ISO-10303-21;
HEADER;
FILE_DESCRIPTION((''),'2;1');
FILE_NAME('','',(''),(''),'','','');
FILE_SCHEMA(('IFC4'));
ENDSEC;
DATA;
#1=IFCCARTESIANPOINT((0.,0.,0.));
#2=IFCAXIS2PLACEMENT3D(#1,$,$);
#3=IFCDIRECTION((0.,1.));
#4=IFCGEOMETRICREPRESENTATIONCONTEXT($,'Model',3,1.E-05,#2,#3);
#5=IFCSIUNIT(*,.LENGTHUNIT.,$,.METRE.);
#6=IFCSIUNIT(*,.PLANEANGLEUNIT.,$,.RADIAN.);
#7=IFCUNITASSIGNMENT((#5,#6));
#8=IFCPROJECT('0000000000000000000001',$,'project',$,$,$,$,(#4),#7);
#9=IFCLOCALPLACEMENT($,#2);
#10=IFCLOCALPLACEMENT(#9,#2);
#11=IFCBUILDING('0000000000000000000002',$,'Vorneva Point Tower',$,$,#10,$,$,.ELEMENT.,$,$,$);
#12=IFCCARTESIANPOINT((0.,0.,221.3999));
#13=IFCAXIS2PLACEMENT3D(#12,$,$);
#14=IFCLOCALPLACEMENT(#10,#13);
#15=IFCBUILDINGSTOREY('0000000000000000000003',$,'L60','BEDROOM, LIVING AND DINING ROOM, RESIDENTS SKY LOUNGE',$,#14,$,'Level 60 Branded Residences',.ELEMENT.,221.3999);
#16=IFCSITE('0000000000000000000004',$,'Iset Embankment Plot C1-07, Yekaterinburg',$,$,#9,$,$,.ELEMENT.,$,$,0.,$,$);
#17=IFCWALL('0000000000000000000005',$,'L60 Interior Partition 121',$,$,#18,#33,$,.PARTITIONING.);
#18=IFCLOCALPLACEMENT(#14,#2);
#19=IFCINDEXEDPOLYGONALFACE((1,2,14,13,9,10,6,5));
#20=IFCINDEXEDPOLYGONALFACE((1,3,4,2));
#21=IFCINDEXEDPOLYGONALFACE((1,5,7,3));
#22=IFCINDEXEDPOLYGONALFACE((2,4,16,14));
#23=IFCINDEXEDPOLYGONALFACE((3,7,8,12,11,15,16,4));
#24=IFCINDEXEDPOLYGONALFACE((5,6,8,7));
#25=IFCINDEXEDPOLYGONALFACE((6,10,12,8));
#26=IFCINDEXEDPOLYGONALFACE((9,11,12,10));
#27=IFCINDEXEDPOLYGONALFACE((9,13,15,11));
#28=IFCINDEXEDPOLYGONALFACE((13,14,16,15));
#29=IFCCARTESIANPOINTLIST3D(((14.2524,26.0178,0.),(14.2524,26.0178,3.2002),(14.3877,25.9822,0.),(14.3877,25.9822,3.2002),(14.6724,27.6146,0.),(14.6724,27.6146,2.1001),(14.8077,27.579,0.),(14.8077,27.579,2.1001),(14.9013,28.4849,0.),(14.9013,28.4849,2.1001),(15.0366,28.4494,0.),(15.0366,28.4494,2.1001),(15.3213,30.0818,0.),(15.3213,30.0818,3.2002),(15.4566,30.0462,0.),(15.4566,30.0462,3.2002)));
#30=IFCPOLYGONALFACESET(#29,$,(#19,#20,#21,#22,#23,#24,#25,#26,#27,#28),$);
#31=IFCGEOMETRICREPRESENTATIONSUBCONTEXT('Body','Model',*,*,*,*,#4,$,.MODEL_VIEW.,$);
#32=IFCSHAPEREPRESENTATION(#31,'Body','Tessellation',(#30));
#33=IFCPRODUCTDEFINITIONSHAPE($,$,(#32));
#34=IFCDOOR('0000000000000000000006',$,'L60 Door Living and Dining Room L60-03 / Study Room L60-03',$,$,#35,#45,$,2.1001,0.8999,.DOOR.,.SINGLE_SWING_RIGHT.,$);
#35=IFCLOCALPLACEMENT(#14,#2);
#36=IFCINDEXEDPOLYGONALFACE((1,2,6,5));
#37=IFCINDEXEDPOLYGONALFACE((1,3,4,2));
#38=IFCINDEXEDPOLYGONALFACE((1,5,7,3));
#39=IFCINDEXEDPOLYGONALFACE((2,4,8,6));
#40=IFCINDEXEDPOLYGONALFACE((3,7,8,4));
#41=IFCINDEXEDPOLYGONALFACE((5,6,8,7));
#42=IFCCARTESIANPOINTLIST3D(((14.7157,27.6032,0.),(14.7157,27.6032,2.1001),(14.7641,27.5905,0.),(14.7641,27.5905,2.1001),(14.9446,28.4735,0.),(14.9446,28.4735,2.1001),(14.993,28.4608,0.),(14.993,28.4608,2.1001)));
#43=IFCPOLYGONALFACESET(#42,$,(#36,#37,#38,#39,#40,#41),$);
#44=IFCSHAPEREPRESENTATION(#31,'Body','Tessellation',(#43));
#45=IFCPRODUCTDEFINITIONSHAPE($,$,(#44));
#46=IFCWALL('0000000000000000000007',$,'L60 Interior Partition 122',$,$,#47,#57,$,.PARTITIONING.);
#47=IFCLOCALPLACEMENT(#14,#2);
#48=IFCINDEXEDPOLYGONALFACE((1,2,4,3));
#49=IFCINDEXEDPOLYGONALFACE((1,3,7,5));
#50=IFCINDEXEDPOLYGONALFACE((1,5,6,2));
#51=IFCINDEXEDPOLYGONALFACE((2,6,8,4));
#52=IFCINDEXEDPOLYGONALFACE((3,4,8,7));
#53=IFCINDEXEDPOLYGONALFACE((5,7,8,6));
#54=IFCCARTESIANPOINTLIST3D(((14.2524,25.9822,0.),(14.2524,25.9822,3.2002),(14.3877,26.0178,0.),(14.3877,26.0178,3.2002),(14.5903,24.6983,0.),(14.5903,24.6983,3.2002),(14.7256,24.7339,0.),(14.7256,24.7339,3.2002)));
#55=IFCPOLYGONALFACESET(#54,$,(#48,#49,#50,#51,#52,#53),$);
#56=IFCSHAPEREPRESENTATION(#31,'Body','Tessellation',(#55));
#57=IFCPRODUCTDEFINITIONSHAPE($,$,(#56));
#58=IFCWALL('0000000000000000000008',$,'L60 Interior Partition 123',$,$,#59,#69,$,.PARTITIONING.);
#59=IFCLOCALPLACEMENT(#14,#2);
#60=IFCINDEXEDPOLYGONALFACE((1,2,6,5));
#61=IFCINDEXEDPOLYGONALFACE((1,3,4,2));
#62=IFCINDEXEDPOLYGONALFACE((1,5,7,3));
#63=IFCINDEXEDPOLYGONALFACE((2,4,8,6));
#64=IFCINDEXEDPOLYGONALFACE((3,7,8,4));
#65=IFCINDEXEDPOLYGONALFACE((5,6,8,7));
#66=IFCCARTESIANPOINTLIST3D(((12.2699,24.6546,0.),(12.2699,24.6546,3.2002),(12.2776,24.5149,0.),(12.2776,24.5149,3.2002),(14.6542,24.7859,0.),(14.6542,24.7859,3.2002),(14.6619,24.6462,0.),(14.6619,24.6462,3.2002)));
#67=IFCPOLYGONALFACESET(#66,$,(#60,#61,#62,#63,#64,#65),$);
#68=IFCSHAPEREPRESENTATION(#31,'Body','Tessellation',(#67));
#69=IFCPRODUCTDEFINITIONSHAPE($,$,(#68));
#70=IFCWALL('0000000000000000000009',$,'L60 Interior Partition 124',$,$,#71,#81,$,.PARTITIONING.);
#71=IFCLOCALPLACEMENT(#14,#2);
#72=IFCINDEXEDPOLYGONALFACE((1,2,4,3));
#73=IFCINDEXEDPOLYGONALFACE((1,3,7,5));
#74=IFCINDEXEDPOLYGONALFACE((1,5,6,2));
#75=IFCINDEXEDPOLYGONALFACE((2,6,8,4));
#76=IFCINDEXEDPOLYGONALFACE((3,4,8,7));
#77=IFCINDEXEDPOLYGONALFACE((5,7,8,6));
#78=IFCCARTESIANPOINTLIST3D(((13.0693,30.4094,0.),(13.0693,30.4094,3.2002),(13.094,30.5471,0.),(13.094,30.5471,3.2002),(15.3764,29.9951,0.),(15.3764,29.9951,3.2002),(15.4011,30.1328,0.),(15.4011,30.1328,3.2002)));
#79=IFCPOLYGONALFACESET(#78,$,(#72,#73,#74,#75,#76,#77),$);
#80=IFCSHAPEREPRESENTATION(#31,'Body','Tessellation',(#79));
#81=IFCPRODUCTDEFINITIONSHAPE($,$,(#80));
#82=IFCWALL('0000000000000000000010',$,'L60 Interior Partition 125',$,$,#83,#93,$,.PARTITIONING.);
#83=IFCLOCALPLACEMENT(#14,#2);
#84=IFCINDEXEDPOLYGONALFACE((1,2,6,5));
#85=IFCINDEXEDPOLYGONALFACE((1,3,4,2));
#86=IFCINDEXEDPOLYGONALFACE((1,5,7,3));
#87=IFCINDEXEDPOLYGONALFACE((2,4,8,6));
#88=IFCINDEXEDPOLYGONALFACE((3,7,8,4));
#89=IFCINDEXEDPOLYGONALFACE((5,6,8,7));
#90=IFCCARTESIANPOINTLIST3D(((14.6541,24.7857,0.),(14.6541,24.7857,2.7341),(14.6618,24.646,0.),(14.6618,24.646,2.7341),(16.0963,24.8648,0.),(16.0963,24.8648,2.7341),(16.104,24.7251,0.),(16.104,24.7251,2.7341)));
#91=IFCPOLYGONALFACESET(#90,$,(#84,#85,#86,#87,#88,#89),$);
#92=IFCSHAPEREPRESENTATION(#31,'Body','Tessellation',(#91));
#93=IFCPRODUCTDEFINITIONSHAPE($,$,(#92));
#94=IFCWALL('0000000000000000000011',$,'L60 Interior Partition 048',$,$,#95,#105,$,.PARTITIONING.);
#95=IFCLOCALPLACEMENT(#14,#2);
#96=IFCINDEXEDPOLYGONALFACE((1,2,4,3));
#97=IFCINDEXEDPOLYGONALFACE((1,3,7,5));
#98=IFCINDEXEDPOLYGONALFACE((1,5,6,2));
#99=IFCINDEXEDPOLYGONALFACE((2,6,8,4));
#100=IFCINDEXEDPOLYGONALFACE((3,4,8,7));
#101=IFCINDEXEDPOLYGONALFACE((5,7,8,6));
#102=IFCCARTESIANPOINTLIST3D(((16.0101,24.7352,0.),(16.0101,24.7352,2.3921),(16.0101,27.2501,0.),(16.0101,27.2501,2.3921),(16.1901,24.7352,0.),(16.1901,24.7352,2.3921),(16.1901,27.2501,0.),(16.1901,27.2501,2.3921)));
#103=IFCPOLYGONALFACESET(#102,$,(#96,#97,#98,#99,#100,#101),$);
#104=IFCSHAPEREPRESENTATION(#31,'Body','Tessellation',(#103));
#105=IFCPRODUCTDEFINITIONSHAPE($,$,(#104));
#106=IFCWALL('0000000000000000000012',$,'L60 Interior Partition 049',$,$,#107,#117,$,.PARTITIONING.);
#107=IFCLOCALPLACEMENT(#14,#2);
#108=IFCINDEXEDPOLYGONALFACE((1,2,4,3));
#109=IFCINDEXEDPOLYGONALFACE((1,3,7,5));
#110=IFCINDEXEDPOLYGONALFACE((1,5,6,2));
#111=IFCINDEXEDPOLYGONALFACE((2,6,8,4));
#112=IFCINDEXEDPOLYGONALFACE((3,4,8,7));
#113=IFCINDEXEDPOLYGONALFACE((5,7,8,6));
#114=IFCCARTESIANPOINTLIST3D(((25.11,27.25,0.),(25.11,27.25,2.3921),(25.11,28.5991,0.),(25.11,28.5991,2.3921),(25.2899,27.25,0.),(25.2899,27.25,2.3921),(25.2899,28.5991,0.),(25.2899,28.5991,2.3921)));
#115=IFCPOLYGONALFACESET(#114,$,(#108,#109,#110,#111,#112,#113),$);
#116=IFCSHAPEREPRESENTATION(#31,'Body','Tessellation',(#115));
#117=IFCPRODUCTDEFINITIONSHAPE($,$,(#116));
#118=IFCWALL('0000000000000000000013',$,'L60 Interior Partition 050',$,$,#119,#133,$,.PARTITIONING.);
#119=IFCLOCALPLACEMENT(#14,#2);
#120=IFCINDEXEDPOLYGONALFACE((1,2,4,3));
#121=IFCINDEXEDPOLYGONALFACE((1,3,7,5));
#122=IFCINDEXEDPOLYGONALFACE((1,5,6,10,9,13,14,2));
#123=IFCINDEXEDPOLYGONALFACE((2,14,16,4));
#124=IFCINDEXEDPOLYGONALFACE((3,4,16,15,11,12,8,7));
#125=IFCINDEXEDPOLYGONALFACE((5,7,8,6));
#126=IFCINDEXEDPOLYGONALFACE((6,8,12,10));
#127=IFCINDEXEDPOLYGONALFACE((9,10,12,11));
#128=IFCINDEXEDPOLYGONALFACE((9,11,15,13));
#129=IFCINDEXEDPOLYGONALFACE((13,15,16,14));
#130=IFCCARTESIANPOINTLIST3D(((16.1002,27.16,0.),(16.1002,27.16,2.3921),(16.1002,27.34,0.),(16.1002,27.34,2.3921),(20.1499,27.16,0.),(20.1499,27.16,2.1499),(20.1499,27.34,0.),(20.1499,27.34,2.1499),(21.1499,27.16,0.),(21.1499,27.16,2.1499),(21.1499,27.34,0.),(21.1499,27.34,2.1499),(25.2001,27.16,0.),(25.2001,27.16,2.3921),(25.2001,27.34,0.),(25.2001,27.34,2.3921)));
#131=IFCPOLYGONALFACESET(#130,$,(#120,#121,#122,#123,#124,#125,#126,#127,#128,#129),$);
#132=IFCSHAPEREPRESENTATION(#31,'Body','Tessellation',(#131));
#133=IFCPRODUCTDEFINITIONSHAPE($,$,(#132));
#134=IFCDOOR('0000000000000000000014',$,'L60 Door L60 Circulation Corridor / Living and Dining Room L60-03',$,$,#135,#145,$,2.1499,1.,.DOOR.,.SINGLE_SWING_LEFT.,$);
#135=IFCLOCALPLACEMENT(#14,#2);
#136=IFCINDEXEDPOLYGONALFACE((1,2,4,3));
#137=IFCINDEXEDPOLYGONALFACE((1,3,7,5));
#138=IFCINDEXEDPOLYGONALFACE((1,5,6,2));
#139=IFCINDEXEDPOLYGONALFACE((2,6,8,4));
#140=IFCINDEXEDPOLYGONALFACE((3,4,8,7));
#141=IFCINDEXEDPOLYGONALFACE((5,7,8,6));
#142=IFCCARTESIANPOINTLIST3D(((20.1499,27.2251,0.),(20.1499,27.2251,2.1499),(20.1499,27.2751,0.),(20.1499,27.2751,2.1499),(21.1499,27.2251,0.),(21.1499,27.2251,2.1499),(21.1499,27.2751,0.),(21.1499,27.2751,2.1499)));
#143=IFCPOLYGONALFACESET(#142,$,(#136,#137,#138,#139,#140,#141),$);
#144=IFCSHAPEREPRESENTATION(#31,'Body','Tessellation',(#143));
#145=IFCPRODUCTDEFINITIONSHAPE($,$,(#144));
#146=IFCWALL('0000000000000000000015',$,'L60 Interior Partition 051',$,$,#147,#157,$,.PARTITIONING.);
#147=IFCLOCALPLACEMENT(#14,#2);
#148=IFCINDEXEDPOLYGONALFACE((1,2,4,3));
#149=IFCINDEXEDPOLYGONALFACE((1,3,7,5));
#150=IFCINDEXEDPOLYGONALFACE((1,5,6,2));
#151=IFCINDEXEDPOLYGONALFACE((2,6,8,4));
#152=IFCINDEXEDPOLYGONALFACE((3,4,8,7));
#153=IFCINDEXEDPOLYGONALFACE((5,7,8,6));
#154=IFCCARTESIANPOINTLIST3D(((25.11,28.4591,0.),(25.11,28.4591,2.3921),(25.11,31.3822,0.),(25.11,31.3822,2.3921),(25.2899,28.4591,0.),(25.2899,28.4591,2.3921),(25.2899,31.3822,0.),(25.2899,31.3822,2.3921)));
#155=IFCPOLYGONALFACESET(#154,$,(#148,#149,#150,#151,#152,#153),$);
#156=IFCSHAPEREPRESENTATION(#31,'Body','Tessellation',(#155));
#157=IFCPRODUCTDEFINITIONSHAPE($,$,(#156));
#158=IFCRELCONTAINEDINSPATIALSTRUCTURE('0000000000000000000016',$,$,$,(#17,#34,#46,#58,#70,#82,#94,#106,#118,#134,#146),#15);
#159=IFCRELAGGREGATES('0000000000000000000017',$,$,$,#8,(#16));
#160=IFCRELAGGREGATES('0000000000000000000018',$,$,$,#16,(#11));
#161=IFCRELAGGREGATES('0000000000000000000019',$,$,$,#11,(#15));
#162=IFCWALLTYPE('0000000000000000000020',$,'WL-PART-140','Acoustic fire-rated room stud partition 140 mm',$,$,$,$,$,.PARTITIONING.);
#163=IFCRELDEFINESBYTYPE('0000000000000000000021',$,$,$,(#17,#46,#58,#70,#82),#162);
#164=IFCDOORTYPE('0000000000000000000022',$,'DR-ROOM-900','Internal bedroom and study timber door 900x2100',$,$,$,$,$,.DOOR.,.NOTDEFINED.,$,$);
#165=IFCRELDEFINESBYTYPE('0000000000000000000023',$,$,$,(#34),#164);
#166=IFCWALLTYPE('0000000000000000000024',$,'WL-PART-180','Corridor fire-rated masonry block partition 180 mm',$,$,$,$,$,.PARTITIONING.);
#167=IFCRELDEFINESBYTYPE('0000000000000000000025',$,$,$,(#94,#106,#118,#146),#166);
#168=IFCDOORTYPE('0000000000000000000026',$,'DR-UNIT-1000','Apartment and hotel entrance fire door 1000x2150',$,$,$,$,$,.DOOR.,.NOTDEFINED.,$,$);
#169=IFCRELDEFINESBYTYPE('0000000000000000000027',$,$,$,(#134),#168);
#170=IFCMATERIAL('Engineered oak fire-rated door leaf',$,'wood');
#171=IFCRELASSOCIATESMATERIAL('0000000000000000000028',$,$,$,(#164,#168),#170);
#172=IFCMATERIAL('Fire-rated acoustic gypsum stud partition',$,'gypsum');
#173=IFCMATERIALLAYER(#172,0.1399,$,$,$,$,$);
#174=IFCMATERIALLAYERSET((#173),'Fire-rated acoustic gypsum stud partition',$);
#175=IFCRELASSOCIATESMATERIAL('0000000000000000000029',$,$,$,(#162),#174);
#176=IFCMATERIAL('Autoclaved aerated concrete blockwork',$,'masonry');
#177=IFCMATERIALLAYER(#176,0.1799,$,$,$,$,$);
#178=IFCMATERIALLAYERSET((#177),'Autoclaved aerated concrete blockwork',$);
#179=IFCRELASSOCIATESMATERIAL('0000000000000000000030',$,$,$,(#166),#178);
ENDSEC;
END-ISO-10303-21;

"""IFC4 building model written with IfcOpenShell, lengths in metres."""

from ifc_helpers import new_model, si_unit, direction, frame, frame_2d, origin, place, context, subcontext, project, spatial, rectangle, extrude, material, layer, layer_set, type_object, element, fill, save


model = new_model("IFC4")

# Units and contexts
model_context = context("Model", 3, precision=1e-05, world=origin(), true_north=direction((0.0, 1.0)))
body_context = subcontext(model_context, "Body", "Model", "MODEL_VIEW")
ifc_project = project(units=[si_unit("LENGTHUNIT", "METRE"), si_unit("PLANEANGLEUNIT", "RADIAN")], contexts=[model_context])

# Site, building, storey
site_placement = place(None, origin())
site = spatial("IfcSite", under=ifc_project, at=site_placement, Name="Iset Embankment Plot C1-07, Yekaterinburg", CompositionType="ELEMENT", RefElevation=0.0)
building_placement = place(site_placement, origin())
building = spatial("IfcBuilding", under=site, at=building_placement, Name="Vorneva Point Tower", CompositionType="ELEMENT")
storey_placement = place(building_placement, frame((0.0, 0.0, 221.3999)))
storey = spatial("IfcBuildingStorey", under=building, at=storey_placement, Name="L60", Description="BEDROOM, LIVING AND DINING ROOM, RESIDENTS SKY LOUNGE", LongName="Level 60 Branded Residences", CompositionType="ELEMENT", Elevation=221.3999)

# Shared definitions
ifc_material_1 = material(Name="Fire-rated acoustic gypsum stud partition", Category="gypsum")
ifc_material_2 = material(Name="Engineered oak fire-rated door leaf", Category="wood")

# Shared definitions
door_type_1 = type_object("IfcDoorType", Name="DR-ROOM-900", Description="Internal bedroom and study timber door 900x2100", OperationType="NOTDEFINED", PredefinedType="DOOR", material=ifc_material_2)

# Wall, opening, door
ifc_layer_1 = layer(ifc_material_1, 0.1399)
ifc_layer_set_1 = layer_set([ifc_layer_1], Name="Fire-rated acoustic gypsum stud partition")
wall_type_1 = type_object("IfcWallType", Name="WL-PART-140", Description="Acoustic fire-rated room stud partition 140 mm", PredefinedType="PARTITIONING", material=ifc_layer_set_1)
wall_1_placement = place(storey_placement, frame((15.3889, 30.064, 0.0), z_axis=(0.0, 0.0, 1.0), x_axis=(-0.254356, -0.967111, 0.0)))
wall_1 = element("IfcWall", 1, at=wall_1_placement, inside=storey, type_object=wall_type_1, Name="L60 Interior Partition 121", PredefinedType="PARTITIONING", context=body_context, shape_type="SweptSolid", body=[
    extrude(rectangle(XDim=4.2021, YDim=0.1399, at=frame_2d((2.1011, 0.0))), origin(), (0.0, 0.0, 1.0), 3.2002),
])
opening_1_placement = place(wall_1_placement, frame((1.6511, 0.0, 0.0)))
opening_1 = element("IfcOpeningElement", 2, at=opening_1_placement, cuts=wall_1, PredefinedType="OPENING", context=body_context, shape_type="SweptSolid", body=[
    extrude(rectangle(XDim=0.8999, YDim=2.1001, at=frame_2d((0.45, 1.05))), frame((0.0, 0.085, 0.0), z_axis=(0.0, -1.0, 0.0), x_axis=(1.0, 0.0, 0.0)), (0.0, 0.0, 1.0), 0.1697),
])
door_1_placement = place(opening_1_placement, origin())
door_1 = element("IfcDoor", 3, at=door_1_placement, inside=storey, type_object=door_type_1, Name="L60 Door Living and Dining Room L60-03 / Study Room L60-03", OperationType="SINGLE_SWING_RIGHT", OverallHeight=2.1001, OverallWidth=0.8999, PredefinedType="DOOR", context=body_context, shape_type="SweptSolid", body=[
    extrude(rectangle(XDim=0.8999, YDim=2.1001, at=frame_2d((0.45, 1.05))), frame((0.0, 0.0249, 0.0), z_axis=(0.0, -1.0, 0.0), x_axis=(1.0, 0.0, 0.0)), (0.0, 0.0, 1.0), 0.05),
])
fill(opening_1, door_1)

# Walls
wall_2_placement = place(storey_placement, frame((14.3201, 26.0, 0.0), z_axis=(0.0, 0.0, 1.0), x_axis=(0.254502, -0.967072, 0.0)))
element("IfcWall", 4, at=wall_2_placement, inside=storey, type_object=wall_type_1, Name="L60 Interior Partition 122", PredefinedType="PARTITIONING", context=body_context, shape_type="SweptSolid", body=[
    extrude(rectangle(XDim=1.3276, YDim=0.1399, at=frame_2d((0.6638, 0.0))), origin(), (0.0, 0.0, 1.0), 3.2002),
])
wall_3_placement = place(storey_placement, frame((14.658, 24.7161, 0.0), z_axis=(0.0, 0.0, 1.0), x_axis=(-0.998486, -0.055006, 0.0)))
element("IfcWall", 5, at=wall_3_placement, inside=storey, type_object=wall_type_1, Name="L60 Interior Partition 123", PredefinedType="PARTITIONING", context=body_context, shape_type="SweptSolid", body=[
    extrude(rectangle(XDim=2.3879, YDim=0.1399, at=frame_2d((1.1938, 0.0))), origin(), (0.0, 0.0, 1.0), 3.2002),
])
wall_4_placement = place(storey_placement, frame((13.0818, 30.4783, 0.0), z_axis=(0.0, 0.0, 1.0), x_axis=(0.984256, -0.176749, 0.0)))
element("IfcWall", 6, at=wall_4_placement, inside=storey, type_object=wall_type_1, Name="L60 Interior Partition 124", PredefinedType="PARTITIONING", context=body_context, shape_type="SweptSolid", body=[
    extrude(rectangle(XDim=2.344, YDim=0.1399, at=frame_2d((1.1719, 0.0))), origin(), (0.0, 0.0, 1.0), 3.2002),
])
wall_5_placement = place(storey_placement, frame((14.658, 24.7158, 0.0), z_axis=(0.0, 0.0, 1.0), x_axis=(0.998499, 0.054768, 0.0)))
element("IfcWall", 7, at=wall_5_placement, inside=storey, type_object=wall_type_1, Name="L60 Interior Partition 125", PredefinedType="PARTITIONING", context=body_context, shape_type="SweptSolid", body=[
    extrude(rectangle(XDim=1.4443, YDim=0.1399, at=frame_2d((0.7222, 0.0))), origin(), (0.0, 0.0, 1.0), 2.7341),
])
ifc_material_3 = material(Name="Autoclaved aerated concrete blockwork", Category="masonry")
ifc_layer_2 = layer(ifc_material_3, 0.1799)
ifc_layer_set_2 = layer_set([ifc_layer_2], Name="Autoclaved aerated concrete blockwork")
wall_type_2 = type_object("IfcWallType", Name="WL-PART-180", Description="Corridor fire-rated masonry block partition 180 mm", PredefinedType="PARTITIONING", material=ifc_layer_set_2)
wall_6_placement = place(storey_placement, frame((16.1001, 27.25, 0.0), z_axis=(0.0, 0.0, 1.0), x_axis=(0.0, -1.0, 0.0)))
element("IfcWall", 8, at=wall_6_placement, inside=storey, type_object=wall_type_2, Name="L60 Interior Partition 048", PredefinedType="PARTITIONING", context=body_context, shape_type="SweptSolid", body=[
    extrude(rectangle(XDim=2.5149, YDim=0.1799, at=frame_2d((1.2573, 0.0))), origin(), (0.0, 0.0, 1.0), 2.3921),
])
wall_7_placement = place(storey_placement, frame((25.2, 28.5991, 0.0), z_axis=(0.0, 0.0, 1.0), x_axis=(0.0, -1.0, 0.0)))
element("IfcWall", 9, at=wall_7_placement, inside=storey, type_object=wall_type_2, Name="L60 Interior Partition 049", PredefinedType="PARTITIONING", context=body_context, shape_type="SweptSolid", body=[
    extrude(rectangle(XDim=1.3491, YDim=0.1799, at=frame_2d((0.6746, 0.0))), origin(), (0.0, 0.0, 1.0), 2.3921),
])

# Wall, opening, door
wall_8_placement = place(storey_placement, frame((25.2, 27.25, 0.0), z_axis=(0.0, 0.0, 1.0), x_axis=(-1.0, 0.0, 0.0)))
wall_8 = element("IfcWall", 10, at=wall_8_placement, inside=storey, type_object=wall_type_2, Name="L60 Interior Partition 050", PredefinedType="PARTITIONING", context=body_context, shape_type="SweptSolid", body=[
    extrude(rectangle(XDim=9.0999, YDim=0.1799, at=frame_2d((4.5498, 0.0))), origin(), (0.0, 0.0, 1.0), 2.3921),
])
opening_2_placement = place(wall_8_placement, frame((4.05, 0.0, 0.0)))
opening_2 = element("IfcOpeningElement", 11, at=opening_2_placement, cuts=wall_8, PredefinedType="OPENING", context=body_context, shape_type="SweptSolid", body=[
    extrude(rectangle(XDim=1.0, YDim=2.1499, at=frame_2d((0.5, 1.075))), frame((0.0, 0.105, 0.0), z_axis=(0.0, -1.0, 0.0), x_axis=(1.0, 0.0, 0.0)), (0.0, 0.0, 1.0), 0.2097),
])
door_type_2 = type_object("IfcDoorType", Name="DR-UNIT-1000", Description="Apartment and hotel entrance fire door 1000x2150", OperationType="NOTDEFINED", PredefinedType="DOOR", material=ifc_material_2)
door_2_placement = place(opening_2_placement, origin())
door_2 = element("IfcDoor", 12, at=door_2_placement, inside=storey, type_object=door_type_2, Name="L60 Door L60 Circulation Corridor / Living and Dining Room L60-03", OperationType="SINGLE_SWING_LEFT", OverallHeight=2.1499, OverallWidth=1.0, PredefinedType="DOOR", context=body_context, shape_type="SweptSolid", body=[
    extrude(rectangle(XDim=1.0, YDim=2.1499, at=frame_2d((0.5, 1.075))), frame((0.0, 0.0249, 0.0), z_axis=(0.0, -1.0, 0.0), x_axis=(1.0, 0.0, 0.0)), (0.0, 0.0, 1.0), 0.05),
])
fill(opening_2, door_2)

# Wall
wall_9_placement = place(storey_placement, frame((25.2, 31.3821, 0.0), z_axis=(0.0, 0.0, 1.0), x_axis=(0.0, -1.0, 0.0)))
element("IfcWall", 13, at=wall_9_placement, inside=storey, type_object=wall_type_2, Name="L60 Interior Partition 051", PredefinedType="PARTITIONING", context=body_context, shape_type="SweptSolid", body=[
    extrude(rectangle(XDim=2.9231, YDim=0.1799, at=frame_2d((1.4614, 0.0))), origin(), (0.0, 0.0, 1.0), 2.3921),
])

save(model, "model.ifc")
